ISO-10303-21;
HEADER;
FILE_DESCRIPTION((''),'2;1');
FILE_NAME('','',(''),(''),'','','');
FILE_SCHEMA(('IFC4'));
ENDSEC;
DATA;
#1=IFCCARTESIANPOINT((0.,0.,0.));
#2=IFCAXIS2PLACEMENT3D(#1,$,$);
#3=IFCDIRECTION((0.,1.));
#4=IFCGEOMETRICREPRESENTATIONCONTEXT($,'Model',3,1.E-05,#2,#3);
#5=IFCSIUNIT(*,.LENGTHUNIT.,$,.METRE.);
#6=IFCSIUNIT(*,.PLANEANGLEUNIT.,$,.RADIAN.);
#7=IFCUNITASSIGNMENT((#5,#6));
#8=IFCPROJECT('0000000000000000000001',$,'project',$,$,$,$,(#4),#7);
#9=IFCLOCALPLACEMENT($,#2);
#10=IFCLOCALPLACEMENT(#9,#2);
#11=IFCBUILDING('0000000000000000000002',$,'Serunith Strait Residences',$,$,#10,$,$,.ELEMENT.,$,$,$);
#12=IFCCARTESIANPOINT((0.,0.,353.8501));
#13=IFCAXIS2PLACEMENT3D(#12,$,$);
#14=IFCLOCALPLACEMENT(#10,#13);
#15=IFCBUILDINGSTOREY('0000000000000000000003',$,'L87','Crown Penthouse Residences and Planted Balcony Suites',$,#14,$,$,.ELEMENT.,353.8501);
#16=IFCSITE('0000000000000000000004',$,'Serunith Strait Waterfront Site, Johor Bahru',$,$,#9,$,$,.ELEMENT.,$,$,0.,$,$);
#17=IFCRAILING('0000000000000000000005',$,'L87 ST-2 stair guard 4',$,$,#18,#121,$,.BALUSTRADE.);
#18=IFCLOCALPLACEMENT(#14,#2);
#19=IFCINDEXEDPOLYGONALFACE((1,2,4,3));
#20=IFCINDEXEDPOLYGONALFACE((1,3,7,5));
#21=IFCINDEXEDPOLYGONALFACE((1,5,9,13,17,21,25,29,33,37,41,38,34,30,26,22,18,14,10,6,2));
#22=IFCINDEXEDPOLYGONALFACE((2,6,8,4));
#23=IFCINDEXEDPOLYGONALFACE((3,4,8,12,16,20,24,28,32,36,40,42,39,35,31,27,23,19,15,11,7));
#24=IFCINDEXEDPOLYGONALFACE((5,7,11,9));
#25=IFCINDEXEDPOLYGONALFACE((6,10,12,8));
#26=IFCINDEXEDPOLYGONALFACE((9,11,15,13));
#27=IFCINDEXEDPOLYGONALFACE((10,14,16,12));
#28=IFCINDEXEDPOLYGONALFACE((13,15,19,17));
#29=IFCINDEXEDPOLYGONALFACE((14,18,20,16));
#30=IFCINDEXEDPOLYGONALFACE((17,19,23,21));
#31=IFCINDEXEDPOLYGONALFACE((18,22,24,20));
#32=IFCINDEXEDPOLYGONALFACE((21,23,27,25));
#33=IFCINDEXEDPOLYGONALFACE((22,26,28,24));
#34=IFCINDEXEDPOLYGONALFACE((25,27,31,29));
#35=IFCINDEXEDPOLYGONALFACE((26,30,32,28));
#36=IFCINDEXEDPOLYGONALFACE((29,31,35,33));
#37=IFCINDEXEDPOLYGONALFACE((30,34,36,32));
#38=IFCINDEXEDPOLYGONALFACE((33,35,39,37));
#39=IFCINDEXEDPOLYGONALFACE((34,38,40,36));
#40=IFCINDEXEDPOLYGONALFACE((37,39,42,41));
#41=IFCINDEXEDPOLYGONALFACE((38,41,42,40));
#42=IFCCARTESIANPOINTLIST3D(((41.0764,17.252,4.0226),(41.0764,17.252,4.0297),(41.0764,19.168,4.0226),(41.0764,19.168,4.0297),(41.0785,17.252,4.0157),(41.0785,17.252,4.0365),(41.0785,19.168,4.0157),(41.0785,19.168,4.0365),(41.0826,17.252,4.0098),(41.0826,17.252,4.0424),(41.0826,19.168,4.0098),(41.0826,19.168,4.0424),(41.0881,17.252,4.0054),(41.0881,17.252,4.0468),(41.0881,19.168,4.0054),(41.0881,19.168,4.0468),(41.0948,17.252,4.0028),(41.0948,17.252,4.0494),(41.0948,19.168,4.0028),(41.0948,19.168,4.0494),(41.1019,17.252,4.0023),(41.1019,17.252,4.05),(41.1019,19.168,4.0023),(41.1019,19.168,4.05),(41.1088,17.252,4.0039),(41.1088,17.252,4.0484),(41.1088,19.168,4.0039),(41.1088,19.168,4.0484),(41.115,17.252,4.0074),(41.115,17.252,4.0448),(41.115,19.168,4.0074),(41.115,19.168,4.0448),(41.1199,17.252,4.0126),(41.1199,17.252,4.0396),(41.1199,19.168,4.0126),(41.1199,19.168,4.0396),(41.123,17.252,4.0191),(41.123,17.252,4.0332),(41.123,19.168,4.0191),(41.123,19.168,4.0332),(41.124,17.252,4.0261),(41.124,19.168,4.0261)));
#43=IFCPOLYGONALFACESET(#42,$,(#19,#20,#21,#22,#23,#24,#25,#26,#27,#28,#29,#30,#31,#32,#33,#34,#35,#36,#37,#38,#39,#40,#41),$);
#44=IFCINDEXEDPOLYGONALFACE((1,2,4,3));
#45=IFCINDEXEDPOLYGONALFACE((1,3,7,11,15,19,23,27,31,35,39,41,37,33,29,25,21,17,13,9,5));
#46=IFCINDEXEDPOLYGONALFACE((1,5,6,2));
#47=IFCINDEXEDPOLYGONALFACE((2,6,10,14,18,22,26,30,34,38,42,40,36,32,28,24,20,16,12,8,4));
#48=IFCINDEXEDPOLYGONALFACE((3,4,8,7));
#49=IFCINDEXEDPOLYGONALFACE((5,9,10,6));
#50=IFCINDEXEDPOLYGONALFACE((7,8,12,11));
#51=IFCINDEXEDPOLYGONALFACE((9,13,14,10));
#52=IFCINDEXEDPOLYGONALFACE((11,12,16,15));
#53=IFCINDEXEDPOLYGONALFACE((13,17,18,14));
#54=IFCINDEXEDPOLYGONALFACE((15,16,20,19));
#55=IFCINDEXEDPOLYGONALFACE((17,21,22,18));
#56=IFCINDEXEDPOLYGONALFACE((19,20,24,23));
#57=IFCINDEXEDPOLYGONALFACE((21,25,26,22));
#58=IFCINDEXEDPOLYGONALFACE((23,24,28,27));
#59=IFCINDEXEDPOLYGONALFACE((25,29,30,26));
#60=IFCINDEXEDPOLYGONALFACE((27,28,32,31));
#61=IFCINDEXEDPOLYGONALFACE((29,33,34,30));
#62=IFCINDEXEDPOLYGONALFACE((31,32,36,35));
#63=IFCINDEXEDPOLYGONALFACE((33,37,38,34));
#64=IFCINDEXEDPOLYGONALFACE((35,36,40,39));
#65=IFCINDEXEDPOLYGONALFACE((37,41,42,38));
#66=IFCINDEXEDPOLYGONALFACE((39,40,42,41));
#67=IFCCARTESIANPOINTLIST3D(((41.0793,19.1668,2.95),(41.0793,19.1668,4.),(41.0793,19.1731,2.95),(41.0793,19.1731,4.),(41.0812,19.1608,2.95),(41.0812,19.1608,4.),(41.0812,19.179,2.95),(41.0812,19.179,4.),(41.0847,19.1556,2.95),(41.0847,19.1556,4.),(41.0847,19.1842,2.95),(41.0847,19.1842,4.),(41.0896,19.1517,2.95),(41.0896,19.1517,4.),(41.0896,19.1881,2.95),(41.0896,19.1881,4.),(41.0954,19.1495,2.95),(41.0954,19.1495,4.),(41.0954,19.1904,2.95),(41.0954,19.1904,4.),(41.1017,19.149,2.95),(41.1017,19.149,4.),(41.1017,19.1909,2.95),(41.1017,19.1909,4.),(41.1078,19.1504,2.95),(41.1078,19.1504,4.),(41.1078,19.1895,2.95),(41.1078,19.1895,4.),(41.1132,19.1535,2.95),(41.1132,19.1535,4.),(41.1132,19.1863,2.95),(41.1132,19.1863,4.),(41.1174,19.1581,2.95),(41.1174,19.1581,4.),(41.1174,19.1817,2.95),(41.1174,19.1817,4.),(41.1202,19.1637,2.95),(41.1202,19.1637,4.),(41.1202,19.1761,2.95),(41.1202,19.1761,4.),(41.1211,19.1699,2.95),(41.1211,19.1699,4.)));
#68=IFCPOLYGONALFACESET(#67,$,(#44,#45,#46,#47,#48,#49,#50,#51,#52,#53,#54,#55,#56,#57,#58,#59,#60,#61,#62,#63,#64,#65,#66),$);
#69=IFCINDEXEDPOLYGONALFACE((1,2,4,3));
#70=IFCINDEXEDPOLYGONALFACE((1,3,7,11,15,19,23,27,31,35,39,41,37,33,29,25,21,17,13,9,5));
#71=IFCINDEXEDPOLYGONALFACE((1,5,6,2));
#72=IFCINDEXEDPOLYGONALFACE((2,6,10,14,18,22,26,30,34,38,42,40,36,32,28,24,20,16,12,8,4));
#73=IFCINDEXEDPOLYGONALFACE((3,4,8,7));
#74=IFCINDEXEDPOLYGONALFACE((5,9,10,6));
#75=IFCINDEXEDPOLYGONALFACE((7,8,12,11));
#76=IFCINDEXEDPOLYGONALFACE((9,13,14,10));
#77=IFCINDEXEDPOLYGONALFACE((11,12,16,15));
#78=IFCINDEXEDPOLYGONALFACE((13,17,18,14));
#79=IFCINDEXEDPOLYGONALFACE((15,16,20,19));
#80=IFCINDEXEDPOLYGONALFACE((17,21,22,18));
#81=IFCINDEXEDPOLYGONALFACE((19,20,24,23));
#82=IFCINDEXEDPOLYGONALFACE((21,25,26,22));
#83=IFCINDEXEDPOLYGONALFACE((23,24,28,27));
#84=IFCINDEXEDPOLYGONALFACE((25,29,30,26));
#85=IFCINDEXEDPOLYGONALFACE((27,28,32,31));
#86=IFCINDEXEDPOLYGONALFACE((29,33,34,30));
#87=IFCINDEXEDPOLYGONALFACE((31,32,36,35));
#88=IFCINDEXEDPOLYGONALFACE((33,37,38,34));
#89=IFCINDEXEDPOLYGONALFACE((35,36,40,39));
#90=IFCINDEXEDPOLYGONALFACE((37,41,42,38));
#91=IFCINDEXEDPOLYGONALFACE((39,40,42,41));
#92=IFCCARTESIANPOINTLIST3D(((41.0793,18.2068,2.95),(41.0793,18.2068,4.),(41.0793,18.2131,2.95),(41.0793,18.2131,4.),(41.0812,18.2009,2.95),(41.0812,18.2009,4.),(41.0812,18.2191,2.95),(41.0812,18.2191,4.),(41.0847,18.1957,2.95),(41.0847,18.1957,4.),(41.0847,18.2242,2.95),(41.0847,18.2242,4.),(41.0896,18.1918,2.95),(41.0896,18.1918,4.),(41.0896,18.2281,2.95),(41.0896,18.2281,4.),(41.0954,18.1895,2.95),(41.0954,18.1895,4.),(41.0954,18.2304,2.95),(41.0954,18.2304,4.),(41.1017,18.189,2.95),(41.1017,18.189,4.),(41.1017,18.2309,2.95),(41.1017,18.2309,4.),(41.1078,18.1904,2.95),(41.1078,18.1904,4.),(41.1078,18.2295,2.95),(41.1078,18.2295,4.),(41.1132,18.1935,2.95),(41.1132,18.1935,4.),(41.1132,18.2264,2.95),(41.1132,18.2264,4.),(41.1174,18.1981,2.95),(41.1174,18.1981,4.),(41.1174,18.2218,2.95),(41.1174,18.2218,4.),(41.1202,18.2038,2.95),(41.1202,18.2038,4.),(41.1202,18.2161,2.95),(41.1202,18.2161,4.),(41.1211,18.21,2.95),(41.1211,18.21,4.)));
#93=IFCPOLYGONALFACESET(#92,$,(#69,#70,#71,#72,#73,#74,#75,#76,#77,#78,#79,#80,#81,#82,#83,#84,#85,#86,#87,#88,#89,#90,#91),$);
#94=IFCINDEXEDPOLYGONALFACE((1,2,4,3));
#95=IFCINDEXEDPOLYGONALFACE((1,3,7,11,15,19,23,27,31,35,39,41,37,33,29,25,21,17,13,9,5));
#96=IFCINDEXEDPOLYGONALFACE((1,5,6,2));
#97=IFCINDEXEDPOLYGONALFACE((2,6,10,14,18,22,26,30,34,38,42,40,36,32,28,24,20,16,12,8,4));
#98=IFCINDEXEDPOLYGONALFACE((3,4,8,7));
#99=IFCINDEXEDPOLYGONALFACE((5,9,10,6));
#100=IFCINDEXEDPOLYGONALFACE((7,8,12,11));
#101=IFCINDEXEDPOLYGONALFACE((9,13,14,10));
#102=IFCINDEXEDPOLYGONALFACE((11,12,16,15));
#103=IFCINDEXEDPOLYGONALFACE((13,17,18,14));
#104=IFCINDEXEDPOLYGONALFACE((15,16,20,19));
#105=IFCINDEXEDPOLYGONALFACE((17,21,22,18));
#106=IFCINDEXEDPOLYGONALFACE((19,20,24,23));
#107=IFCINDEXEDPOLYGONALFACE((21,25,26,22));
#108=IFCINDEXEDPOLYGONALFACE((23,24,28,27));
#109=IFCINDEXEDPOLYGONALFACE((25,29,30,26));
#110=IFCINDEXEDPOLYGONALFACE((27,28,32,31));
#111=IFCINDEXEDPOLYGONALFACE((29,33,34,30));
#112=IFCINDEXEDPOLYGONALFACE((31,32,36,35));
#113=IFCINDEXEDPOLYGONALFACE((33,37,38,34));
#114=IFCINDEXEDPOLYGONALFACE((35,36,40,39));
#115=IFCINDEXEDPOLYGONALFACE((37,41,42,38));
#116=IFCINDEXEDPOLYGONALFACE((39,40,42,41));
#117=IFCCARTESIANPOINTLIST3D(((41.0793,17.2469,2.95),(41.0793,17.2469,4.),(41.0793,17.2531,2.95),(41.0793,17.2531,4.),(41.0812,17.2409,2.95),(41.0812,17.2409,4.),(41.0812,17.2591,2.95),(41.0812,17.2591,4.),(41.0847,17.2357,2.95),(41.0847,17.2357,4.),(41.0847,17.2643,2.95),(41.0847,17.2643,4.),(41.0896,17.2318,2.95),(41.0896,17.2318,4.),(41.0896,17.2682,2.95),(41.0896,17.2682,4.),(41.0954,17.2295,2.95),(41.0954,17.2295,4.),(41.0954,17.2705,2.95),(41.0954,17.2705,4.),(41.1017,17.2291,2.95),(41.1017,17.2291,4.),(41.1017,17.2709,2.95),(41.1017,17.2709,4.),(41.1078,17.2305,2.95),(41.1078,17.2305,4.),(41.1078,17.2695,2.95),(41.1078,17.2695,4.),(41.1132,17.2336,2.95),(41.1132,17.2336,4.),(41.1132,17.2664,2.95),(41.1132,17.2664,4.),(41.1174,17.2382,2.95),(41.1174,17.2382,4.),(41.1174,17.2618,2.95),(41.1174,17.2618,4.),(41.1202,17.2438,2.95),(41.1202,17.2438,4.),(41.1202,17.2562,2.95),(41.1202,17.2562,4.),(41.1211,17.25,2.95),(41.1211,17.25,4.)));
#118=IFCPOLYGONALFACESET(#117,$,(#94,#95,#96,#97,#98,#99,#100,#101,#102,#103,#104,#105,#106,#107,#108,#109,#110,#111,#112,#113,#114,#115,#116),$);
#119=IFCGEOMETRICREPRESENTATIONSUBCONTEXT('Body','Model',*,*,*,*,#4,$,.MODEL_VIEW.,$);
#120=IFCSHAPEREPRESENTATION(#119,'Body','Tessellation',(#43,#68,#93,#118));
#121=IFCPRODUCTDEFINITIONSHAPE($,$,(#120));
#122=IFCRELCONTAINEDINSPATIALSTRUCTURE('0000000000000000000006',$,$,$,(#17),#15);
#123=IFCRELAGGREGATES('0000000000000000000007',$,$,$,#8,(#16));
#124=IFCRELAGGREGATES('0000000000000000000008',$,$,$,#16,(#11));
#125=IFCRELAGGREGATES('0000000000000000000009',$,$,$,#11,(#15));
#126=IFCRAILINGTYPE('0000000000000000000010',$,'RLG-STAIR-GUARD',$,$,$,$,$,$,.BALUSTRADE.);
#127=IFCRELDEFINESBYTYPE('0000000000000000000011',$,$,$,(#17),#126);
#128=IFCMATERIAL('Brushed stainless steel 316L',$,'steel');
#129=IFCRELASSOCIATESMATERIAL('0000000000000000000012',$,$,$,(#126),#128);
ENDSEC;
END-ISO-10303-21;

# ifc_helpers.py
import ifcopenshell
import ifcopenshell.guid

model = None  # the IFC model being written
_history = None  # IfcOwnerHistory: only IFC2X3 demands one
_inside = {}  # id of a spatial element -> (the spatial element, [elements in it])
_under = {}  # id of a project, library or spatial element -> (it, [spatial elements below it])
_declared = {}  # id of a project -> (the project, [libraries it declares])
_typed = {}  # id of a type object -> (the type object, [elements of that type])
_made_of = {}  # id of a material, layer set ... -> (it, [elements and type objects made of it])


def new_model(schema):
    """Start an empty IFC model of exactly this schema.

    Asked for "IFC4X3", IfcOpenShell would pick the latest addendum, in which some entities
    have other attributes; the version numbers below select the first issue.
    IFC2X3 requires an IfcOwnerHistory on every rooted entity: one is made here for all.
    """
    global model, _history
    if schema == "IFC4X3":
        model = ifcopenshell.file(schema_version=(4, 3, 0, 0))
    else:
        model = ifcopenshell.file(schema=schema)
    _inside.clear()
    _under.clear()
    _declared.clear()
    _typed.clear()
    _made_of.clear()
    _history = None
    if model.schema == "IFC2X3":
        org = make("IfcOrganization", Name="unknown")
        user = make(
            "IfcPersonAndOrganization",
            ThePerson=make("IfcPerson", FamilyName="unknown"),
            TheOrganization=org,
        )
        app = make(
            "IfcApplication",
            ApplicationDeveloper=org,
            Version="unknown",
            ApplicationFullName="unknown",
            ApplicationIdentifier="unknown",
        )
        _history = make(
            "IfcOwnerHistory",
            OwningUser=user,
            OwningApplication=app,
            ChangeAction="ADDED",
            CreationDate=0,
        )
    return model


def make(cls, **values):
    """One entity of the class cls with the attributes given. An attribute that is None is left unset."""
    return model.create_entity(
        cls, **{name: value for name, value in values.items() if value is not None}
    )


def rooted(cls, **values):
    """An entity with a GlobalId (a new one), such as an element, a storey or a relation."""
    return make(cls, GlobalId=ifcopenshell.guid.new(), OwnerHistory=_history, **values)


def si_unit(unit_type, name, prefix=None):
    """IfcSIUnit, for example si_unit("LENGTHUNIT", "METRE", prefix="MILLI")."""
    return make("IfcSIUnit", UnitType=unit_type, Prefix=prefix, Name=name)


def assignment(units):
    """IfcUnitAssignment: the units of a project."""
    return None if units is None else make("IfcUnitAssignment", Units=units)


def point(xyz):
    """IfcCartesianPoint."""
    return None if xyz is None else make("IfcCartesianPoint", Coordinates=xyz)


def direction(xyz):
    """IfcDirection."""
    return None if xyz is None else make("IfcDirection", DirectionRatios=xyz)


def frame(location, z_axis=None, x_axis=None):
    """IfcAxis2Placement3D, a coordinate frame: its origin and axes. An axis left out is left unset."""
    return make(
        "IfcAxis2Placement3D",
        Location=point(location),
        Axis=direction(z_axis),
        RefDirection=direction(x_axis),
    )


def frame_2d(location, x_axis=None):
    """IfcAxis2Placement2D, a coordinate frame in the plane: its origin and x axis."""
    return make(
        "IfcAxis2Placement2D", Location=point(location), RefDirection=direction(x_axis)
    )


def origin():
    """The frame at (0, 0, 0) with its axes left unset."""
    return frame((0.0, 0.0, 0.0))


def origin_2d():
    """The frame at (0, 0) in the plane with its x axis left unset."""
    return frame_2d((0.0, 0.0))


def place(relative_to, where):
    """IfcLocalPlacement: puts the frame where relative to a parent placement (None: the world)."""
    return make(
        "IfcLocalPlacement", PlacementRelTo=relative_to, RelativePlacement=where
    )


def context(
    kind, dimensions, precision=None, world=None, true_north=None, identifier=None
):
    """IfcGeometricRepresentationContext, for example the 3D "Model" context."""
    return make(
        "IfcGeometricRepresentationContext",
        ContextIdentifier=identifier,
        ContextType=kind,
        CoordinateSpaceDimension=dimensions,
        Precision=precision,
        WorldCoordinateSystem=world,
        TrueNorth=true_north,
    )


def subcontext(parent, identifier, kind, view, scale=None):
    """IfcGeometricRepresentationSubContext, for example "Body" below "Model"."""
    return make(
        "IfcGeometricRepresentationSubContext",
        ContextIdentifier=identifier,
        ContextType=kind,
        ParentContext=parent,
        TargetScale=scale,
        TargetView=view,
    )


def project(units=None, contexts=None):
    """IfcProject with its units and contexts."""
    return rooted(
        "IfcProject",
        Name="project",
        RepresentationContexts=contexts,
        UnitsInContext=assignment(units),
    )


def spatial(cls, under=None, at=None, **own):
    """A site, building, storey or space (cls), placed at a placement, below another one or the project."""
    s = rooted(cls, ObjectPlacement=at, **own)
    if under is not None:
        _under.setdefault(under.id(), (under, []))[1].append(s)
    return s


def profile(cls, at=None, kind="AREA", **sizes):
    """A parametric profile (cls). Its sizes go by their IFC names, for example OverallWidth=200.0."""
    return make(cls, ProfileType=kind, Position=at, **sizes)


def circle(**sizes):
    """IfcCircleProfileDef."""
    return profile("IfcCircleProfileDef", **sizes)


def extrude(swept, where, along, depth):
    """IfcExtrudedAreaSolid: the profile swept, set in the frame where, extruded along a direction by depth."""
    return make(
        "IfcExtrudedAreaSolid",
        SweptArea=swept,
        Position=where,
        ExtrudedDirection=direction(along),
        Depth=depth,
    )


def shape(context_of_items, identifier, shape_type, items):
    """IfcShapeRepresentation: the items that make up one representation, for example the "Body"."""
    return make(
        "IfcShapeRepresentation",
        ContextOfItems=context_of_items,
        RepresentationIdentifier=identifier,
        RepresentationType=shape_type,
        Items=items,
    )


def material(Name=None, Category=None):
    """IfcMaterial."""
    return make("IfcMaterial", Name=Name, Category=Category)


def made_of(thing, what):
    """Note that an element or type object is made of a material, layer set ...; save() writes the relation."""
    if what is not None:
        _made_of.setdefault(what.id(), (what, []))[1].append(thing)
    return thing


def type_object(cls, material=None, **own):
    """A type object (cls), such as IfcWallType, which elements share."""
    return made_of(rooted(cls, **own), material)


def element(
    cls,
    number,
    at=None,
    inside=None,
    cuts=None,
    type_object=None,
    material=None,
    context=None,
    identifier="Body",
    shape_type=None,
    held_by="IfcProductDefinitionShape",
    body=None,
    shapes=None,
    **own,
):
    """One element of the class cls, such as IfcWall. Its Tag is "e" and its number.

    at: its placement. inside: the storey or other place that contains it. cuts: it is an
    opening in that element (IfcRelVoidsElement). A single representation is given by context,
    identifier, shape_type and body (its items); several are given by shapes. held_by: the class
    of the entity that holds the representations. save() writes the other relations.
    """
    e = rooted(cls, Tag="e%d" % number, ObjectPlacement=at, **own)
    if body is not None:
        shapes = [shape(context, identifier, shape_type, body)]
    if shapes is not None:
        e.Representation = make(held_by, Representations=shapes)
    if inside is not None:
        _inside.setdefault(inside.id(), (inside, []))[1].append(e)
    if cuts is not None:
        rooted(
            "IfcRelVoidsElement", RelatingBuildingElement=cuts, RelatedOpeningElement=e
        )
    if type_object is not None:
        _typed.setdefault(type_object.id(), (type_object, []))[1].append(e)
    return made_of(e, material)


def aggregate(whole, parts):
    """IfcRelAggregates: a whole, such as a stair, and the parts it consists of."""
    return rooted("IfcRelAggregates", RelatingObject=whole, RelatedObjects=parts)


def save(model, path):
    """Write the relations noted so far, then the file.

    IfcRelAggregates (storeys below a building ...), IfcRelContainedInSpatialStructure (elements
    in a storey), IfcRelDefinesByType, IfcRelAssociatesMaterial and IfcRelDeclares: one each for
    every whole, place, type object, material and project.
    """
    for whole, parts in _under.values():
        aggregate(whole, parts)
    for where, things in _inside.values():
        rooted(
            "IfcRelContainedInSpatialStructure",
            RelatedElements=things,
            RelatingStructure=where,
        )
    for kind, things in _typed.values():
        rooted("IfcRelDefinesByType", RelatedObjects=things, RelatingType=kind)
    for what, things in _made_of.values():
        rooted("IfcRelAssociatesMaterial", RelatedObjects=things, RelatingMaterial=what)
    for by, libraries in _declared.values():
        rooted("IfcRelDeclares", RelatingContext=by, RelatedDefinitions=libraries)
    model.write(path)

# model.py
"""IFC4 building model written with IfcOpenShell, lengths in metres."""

from ifc_helpers import new_model, si_unit, direction, frame, origin, origin_2d, place, context, subcontext, project, spatial, circle, extrude, material, type_object, element, save


model = new_model("IFC4")

# Units and contexts
model_context = context("Model", 3, precision=1e-05, world=origin(), true_north=direction((0.0, 1.0)))
body_context = subcontext(model_context, "Body", "Model", "MODEL_VIEW")
ifc_project = project(units=[si_unit("LENGTHUNIT", "METRE"), si_unit("PLANEANGLEUNIT", "RADIAN")], contexts=[model_context])

# Site, building, storey
site_placement = place(None, origin())
site = spatial("IfcSite", under=ifc_project, at=site_placement, Name="Serunith Strait Waterfront Site, Johor Bahru", CompositionType="ELEMENT", RefElevation=0.0)
building_placement = place(site_placement, origin())
building = spatial("IfcBuilding", under=site, at=building_placement, Name="Serunith Strait Residences", CompositionType="ELEMENT")
storey_placement = place(building_placement, frame((0.0, 0.0, 353.8501)))
storey = spatial("IfcBuildingStorey", under=building, at=storey_placement, Name="L87", Description="Crown Penthouse Residences and Planted Balcony Suites", CompositionType="ELEMENT", Elevation=353.8501)

# Railing
ifc_material_1 = material(Name="Brushed stainless steel 316L", Category="steel")
railing_type_1 = type_object("IfcRailingType", Name="RLG-STAIR-GUARD", PredefinedType="BALUSTRADE", material=ifc_material_1)
for number, where, name in (
    (1, (41.1001, 19.1699, 2.95), "L87 ST-2 stair guard 4"),
):
    element("IfcRailing", number, at=place(storey_placement, frame(where)), inside=storey, type_object=railing_type_1, Name=name, PredefinedType="BALUSTRADE", context=body_context, shape_type="SweptSolid", body=[
        extrude(circle(Radius=0.0239, at=origin_2d()), frame((0.0, -0.002, 1.0762), z_axis=(0.0, -1.0, 0.0), x_axis=(1.0, 0.0, 0.0)), (0.0, 0.0, 1.0), 1.916),
        extrude(circle(Radius=0.021, at=origin_2d()), origin(), (0.0, 0.0, 1.0), 1.05),
        extrude(circle(Radius=0.021, at=origin_2d()), frame((0.0, -0.96, 0.0)), (0.0, 0.0, 1.0), 1.05),
        extrude(circle(Radius=0.021, at=origin_2d()), frame((0.0, -1.9199, 0.0)), (0.0, 0.0, 1.0), 1.05),
    ])

save(model, "model.ifc")
